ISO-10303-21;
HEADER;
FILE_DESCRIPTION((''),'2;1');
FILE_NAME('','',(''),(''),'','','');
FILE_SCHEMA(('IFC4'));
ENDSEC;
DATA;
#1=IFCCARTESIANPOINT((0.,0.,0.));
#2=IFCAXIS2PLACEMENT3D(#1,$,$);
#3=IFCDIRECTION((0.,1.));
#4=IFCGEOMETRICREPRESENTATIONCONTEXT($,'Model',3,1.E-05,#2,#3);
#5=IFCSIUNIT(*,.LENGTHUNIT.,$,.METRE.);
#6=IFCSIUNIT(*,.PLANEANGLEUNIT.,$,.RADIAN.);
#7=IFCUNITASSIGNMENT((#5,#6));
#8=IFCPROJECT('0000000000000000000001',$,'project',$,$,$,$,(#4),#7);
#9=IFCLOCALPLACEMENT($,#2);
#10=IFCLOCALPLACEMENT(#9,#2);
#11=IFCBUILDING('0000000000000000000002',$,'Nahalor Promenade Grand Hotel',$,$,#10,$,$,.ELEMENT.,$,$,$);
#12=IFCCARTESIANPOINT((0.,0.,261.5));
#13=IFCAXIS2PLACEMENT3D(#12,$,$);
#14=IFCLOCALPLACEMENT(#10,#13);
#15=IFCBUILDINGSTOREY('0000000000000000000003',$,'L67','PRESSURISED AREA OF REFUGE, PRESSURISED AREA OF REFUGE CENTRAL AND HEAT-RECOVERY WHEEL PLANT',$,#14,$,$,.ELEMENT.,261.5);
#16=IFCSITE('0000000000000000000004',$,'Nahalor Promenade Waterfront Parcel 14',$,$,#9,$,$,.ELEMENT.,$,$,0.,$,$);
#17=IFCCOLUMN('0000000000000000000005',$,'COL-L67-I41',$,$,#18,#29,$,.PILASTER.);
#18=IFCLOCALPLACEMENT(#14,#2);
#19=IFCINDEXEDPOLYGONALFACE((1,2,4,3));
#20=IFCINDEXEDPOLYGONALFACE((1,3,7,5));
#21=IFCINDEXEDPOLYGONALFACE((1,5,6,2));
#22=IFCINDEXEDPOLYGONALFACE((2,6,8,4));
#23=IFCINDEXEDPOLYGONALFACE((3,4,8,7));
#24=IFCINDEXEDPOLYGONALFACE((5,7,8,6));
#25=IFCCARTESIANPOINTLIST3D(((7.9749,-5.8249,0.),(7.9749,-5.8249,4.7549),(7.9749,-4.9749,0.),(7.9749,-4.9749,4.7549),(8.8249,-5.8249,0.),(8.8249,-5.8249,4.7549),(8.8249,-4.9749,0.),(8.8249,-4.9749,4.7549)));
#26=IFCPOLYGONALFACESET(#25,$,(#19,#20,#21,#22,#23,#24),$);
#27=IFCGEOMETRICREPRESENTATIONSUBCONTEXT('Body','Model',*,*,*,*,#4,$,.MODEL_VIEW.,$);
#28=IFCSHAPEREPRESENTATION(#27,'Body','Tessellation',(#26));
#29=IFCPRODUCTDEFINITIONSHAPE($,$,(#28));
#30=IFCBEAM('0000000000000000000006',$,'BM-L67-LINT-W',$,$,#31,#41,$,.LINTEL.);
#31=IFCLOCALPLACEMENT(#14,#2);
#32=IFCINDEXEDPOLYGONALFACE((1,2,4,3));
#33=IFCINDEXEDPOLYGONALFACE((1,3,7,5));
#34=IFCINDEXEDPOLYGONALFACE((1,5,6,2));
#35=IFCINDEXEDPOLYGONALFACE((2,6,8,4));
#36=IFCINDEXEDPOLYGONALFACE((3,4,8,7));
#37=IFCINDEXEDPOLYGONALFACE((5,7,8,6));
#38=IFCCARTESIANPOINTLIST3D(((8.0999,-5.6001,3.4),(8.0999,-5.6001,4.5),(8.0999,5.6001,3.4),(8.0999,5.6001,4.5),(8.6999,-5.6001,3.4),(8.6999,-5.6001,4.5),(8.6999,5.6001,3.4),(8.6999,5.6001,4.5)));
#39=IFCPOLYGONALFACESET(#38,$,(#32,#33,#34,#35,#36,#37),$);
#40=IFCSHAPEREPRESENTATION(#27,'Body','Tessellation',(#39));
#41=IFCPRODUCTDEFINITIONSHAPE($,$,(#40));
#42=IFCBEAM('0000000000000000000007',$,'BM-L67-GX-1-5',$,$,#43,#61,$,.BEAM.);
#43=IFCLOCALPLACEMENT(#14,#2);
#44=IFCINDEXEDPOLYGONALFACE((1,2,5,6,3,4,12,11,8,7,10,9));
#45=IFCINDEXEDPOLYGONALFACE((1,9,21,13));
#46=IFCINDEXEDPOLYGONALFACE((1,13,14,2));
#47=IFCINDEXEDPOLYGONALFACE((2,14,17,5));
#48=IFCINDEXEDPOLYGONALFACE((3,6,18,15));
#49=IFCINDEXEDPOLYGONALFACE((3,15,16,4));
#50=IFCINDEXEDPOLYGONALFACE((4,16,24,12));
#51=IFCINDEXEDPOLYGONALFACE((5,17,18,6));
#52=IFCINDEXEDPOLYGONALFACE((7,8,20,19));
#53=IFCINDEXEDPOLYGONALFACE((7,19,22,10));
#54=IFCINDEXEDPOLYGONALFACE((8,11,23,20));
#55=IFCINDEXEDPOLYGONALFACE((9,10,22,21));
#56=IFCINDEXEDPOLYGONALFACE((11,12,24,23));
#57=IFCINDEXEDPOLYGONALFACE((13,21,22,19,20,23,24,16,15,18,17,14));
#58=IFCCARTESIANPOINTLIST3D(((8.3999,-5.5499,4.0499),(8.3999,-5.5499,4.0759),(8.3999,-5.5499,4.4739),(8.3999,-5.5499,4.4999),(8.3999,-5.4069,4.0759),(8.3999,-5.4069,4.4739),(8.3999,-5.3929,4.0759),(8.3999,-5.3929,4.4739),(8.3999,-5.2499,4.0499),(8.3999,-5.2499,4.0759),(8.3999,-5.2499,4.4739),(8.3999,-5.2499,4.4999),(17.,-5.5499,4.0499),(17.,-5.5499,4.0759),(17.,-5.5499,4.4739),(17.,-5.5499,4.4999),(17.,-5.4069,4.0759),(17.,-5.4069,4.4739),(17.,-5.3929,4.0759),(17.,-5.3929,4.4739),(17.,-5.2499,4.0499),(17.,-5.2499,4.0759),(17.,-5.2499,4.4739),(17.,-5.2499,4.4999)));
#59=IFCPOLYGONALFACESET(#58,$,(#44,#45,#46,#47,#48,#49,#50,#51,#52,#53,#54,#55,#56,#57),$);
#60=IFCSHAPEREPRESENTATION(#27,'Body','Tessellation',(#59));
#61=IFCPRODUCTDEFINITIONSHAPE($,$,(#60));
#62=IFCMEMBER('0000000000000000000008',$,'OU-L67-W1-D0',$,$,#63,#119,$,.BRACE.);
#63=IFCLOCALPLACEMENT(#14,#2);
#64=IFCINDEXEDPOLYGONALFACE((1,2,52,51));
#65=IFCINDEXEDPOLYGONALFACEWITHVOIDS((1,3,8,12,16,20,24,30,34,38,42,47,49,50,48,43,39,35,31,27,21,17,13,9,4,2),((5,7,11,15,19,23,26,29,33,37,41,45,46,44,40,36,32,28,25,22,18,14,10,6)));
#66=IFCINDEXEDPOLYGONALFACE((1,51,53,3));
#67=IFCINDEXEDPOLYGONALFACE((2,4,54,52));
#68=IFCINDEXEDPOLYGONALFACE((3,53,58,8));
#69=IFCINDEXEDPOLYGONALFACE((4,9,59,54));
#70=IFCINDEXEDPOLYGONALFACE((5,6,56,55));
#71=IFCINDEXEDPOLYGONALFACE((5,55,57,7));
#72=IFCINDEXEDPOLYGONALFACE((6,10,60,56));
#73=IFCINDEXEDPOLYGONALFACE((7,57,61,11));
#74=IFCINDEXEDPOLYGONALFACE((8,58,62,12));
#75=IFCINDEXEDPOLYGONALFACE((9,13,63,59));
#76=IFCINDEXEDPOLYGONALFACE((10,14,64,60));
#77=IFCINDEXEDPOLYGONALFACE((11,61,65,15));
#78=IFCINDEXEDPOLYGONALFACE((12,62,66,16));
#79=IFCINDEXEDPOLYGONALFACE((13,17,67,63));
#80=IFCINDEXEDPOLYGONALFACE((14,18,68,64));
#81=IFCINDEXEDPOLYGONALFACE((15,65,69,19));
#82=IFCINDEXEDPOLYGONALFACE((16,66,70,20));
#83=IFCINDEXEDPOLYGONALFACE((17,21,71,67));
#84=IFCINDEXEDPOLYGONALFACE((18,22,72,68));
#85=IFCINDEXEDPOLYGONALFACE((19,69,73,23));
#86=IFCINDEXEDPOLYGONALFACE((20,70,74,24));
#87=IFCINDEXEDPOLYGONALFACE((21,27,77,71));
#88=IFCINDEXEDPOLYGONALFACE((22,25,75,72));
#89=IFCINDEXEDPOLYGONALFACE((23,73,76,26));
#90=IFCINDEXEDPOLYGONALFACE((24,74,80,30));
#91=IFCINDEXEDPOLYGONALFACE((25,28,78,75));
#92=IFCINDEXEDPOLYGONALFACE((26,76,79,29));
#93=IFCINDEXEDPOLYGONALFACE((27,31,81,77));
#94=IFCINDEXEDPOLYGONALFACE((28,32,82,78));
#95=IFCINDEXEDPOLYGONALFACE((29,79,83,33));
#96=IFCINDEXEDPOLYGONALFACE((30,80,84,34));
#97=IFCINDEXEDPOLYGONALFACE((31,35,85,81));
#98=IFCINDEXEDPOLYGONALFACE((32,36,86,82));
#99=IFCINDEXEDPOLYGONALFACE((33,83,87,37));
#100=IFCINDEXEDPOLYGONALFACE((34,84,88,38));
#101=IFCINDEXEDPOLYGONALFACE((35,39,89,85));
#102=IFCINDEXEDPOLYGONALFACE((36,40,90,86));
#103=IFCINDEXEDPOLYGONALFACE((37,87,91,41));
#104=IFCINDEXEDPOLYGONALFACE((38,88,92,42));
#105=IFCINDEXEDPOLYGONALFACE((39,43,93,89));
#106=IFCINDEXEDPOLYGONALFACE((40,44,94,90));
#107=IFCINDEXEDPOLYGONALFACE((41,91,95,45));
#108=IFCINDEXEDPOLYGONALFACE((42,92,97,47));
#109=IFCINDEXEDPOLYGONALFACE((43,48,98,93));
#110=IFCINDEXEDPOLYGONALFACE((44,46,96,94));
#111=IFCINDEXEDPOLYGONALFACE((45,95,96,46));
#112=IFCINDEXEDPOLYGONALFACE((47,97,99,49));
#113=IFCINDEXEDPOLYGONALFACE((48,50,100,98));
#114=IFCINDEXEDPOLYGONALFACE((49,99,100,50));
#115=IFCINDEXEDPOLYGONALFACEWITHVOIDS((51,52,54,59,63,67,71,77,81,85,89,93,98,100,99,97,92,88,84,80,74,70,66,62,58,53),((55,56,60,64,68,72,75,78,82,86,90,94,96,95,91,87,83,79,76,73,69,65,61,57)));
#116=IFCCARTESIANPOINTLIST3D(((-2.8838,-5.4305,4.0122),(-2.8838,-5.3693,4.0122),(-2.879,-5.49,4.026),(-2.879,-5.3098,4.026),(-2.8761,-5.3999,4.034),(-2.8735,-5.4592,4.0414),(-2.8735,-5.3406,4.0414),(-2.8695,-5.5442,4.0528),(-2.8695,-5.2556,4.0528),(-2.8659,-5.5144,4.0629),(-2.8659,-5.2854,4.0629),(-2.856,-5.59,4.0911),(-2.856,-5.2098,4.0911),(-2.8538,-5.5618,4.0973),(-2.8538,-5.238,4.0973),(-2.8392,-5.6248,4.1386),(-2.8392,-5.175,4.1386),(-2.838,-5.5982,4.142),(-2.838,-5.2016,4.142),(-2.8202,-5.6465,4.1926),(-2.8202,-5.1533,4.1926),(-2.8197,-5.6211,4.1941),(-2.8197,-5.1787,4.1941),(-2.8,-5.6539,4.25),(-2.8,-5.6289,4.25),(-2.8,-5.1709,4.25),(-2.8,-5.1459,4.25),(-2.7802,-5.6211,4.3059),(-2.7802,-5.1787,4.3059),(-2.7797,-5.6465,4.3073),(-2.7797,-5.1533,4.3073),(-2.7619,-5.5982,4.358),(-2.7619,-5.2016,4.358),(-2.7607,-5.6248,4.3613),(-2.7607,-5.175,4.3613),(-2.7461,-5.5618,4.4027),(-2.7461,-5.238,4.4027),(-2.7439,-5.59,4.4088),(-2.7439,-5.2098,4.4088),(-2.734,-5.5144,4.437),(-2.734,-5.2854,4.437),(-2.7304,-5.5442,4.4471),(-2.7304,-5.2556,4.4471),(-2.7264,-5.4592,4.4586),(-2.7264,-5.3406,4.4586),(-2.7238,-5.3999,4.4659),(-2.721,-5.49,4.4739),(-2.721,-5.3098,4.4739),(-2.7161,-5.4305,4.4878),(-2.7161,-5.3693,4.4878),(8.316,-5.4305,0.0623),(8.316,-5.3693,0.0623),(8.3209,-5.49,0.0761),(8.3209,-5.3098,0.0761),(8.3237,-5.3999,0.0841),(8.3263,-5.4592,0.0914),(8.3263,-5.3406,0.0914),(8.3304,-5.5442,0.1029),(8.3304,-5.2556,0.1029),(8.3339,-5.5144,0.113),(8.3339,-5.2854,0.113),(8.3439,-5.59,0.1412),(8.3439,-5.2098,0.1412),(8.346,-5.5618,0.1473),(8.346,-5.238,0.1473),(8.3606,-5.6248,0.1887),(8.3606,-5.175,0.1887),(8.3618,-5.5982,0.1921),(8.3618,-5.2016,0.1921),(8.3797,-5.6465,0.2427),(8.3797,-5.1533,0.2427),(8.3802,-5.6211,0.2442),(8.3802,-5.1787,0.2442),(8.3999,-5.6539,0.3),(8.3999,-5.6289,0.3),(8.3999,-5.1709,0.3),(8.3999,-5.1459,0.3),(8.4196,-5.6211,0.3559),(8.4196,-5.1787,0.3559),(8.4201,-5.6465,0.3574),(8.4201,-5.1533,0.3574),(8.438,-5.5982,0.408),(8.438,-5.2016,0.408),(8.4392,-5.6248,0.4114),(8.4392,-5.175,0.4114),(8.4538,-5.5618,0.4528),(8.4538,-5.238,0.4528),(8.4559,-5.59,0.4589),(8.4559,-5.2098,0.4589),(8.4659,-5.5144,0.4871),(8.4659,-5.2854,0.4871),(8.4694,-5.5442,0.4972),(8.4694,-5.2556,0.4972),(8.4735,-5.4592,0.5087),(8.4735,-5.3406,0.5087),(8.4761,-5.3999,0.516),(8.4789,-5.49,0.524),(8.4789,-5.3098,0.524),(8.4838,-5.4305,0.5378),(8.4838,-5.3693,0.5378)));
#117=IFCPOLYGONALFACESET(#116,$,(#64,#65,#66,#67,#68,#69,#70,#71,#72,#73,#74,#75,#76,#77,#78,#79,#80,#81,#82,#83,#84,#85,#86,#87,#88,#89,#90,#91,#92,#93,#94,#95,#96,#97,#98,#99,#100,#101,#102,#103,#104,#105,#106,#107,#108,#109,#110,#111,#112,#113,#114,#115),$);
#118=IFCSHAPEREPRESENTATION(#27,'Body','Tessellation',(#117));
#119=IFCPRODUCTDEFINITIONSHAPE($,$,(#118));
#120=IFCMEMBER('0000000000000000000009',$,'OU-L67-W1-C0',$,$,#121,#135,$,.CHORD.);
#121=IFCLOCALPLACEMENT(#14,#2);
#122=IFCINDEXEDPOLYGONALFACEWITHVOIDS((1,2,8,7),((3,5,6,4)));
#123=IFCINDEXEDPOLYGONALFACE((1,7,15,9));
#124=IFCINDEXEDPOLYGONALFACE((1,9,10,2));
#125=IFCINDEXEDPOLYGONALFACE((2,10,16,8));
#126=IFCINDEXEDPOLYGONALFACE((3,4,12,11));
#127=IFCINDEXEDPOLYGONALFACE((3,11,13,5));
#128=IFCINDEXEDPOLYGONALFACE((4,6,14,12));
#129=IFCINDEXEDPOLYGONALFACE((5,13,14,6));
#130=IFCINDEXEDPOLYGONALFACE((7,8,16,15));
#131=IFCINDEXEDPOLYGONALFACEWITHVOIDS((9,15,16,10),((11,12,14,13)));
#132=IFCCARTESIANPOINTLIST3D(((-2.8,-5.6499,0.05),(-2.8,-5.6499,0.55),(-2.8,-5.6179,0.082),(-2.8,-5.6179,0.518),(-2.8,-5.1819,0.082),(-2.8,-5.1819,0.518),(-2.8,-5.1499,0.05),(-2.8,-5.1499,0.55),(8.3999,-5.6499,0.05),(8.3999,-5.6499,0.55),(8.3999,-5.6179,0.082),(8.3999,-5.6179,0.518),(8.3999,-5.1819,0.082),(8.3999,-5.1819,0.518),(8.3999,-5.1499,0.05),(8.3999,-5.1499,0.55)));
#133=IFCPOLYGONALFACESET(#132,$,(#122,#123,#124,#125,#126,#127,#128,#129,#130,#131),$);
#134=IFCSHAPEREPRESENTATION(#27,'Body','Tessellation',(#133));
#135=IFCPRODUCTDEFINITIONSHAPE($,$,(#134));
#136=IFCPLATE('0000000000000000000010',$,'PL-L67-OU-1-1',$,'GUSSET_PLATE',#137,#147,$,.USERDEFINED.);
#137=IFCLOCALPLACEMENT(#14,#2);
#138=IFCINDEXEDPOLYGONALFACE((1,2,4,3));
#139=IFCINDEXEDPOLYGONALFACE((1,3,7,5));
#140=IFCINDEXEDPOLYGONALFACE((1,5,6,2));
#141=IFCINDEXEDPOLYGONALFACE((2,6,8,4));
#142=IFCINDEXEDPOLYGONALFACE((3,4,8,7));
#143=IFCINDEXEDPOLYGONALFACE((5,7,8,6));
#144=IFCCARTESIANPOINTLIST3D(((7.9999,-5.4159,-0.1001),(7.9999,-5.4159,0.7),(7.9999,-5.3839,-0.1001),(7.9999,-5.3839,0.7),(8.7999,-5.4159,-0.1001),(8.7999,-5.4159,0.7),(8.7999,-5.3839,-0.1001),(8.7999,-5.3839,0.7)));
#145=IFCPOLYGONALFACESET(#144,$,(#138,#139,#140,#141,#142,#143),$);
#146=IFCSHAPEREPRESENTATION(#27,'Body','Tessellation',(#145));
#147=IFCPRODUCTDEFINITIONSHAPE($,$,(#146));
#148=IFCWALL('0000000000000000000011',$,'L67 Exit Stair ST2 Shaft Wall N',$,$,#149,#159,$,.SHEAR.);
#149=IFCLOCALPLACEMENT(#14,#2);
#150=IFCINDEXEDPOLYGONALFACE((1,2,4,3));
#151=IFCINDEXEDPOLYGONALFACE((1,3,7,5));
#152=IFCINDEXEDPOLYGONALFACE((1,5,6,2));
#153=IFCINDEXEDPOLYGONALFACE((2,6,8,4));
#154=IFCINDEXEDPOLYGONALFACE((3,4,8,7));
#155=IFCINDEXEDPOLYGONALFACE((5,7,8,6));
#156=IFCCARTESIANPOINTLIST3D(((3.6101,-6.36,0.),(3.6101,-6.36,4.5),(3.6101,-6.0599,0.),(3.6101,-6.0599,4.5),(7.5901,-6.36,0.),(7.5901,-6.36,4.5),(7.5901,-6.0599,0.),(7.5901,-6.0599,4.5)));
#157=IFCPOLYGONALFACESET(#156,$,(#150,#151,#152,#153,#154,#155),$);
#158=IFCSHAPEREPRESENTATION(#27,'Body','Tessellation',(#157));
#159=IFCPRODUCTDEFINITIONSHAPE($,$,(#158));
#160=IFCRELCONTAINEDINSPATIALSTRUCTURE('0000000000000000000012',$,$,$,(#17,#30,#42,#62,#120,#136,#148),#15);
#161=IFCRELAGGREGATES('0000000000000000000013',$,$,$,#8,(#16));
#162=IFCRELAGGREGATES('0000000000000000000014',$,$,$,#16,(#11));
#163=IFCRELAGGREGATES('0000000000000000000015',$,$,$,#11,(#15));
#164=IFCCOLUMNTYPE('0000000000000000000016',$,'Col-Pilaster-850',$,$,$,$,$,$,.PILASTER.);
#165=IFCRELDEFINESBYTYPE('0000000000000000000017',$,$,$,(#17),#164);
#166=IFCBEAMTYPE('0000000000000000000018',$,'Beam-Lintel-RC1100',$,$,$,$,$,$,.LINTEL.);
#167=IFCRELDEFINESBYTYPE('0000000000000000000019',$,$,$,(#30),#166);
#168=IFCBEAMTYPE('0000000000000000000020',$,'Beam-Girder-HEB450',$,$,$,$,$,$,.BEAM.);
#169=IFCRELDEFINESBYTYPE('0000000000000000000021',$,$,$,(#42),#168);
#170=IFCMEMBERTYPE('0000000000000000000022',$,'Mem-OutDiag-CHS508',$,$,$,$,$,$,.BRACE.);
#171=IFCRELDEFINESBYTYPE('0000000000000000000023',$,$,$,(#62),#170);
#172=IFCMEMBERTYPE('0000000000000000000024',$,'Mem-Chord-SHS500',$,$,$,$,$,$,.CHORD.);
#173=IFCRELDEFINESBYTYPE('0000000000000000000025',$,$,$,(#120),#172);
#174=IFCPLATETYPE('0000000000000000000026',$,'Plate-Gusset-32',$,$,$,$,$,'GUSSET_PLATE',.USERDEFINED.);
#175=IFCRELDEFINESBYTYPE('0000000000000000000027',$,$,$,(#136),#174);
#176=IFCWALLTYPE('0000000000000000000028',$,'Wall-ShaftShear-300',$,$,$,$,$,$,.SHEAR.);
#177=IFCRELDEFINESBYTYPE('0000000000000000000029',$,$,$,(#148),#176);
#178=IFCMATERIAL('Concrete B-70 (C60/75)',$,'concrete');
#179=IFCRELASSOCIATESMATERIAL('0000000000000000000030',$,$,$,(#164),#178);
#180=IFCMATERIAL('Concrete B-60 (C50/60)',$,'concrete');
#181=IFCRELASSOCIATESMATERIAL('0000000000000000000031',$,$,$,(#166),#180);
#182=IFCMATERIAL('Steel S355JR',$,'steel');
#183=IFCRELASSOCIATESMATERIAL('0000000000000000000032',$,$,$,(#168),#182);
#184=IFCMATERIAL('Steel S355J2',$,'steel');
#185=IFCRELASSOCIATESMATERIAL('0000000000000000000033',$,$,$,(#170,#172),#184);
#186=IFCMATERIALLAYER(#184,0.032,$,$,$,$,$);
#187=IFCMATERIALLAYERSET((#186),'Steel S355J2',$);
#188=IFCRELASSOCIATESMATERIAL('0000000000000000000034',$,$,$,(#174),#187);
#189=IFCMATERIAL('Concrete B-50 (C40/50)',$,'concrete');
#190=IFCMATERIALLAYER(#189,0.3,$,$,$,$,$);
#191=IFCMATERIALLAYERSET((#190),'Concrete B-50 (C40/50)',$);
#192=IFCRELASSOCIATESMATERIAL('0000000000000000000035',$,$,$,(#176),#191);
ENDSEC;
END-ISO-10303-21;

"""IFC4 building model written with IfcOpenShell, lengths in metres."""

from ifc_helpers import new_model, si_unit, direction, frame, frame_2d, origin, origin_2d, place, context, subcontext, project, spatial, rectangle, hollow_rectangle, hollow_circle, i_section, extrude, source, transform, mapped, material, layer, layer_set, material_profile, profile_set, type_object, element, save


model = new_model("IFC4")

# Units and contexts
model_context = context("Model", 3, precision=1e-05, world=origin(), true_north=direction((0.0, 1.0)))
body_context = subcontext(model_context, "Body", "Model", "MODEL_VIEW")
ifc_project = project(units=[si_unit("LENGTHUNIT", "METRE"), si_unit("PLANEANGLEUNIT", "RADIAN")], contexts=[model_context])

# Site, building, storey
site_placement = place(None, origin())
site = spatial("IfcSite", under=ifc_project, at=site_placement, Name="Nahalor Promenade Waterfront Parcel 14", CompositionType="ELEMENT", RefElevation=0.0)
building_placement = place(site_placement, origin())
building = spatial("IfcBuilding", under=site, at=building_placement, Name="Nahalor Promenade Grand Hotel", CompositionType="ELEMENT")
storey_placement = place(building_placement, frame((0.0, 0.0, 261.5)))
storey = spatial("IfcBuildingStorey", under=building, at=storey_placement, Name="L67", Description="PRESSURISED AREA OF REFUGE, PRESSURISED AREA OF REFUGE CENTRAL AND HEAT-RECOVERY WHEEL PLANT", CompositionType="ELEMENT", Elevation=261.5)

# Column
ifc_material_1 = material(Name="Concrete B-70 (C60/75)", Category="concrete")
ifc_material_profile_1 = material_profile(ifc_material_1, rectangle(XDim=0.85, YDim=0.85, at=origin_2d()), Name="RC 850x850")
ifc_profile_set_1 = profile_set([ifc_material_profile_1], Name="Concrete B-70 (C60/75)")
column_type = type_object("IfcColumnType", Name="Col-Pilaster-850", PredefinedType="PILASTER", material=ifc_profile_set_1)
shared_shape_1 = source(origin(), body_context, "Body", "SweptSolid", [
    extrude(rectangle(XDim=0.85, YDim=0.85, at=origin_2d()), origin(), (0.0, 0.0, 1.0), 4.7549),
])
column_placement = place(storey_placement, frame((8.3999, -5.3999, 0.0), z_axis=(0.0, 0.0, 1.0), x_axis=(1.0, 0.0, 0.0)))
element("IfcColumn", 1, at=column_placement, inside=storey, type_object=column_type, Name="COL-L67-I41", PredefinedType="PILASTER", context=body_context, shape_type="MappedRepresentation", body=[
    mapped(shared_shape_1, transform((0.0, 0.0, 0.0), scale=1.0)),
])

# Beams
ifc_material_2 = material(Name="Concrete B-60 (C50/60)", Category="concrete")
ifc_material_profile_2 = material_profile(ifc_material_2, rectangle(XDim=0.6, YDim=1.1, at=origin_2d()), Name="RC 600x1100")
ifc_profile_set_2 = profile_set([ifc_material_profile_2], Name="Concrete B-60 (C50/60)")
beam_type_1 = type_object("IfcBeamType", Name="Beam-Lintel-RC1100", PredefinedType="LINTEL", material=ifc_profile_set_2)
shared_shape_2 = source(origin(), body_context, "Body", "SweptSolid", [
    extrude(rectangle(XDim=0.6, YDim=1.1, at=origin_2d()), origin(), (0.0, 0.0, 1.0), 11.2002),
])
beam_1_placement = place(storey_placement, frame((8.3999, -5.6001, 3.95), z_axis=(0.0, 1.0, 0.0), x_axis=(-1.0, 0.0, 0.0)))
element("IfcBeam", 2, at=beam_1_placement, inside=storey, type_object=beam_type_1, Name="BM-L67-LINT-W", PredefinedType="LINTEL", context=body_context, shape_type="MappedRepresentation", body=[
    mapped(shared_shape_2, transform((0.0, 0.0, 0.0), scale=1.0)),
])
ifc_material_3 = material(Name="Steel S355JR", Category="steel")
ifc_material_profile_3 = material_profile(ifc_material_3, i_section(OverallWidth=0.3, OverallDepth=0.45, WebThickness=0.014, FlangeThickness=0.026, at=origin_2d()), Name="HEB 450")
ifc_profile_set_3 = profile_set([ifc_material_profile_3], Name="Steel S355JR")
beam_type_2 = type_object("IfcBeamType", Name="Beam-Girder-HEB450", PredefinedType="BEAM", material=ifc_profile_set_3)
shared_shape_3 = source(origin(), body_context, "Body", "SweptSolid", [
    extrude(i_section(OverallWidth=0.3, OverallDepth=0.45, WebThickness=0.014, FlangeThickness=0.026, at=origin_2d()), origin(), (0.0, 0.0, 1.0), 8.6001),
])
beam_2_placement = place(storey_placement, frame((8.3999, -5.3999, 4.2749), z_axis=(1.0, 0.0, 0.0), x_axis=(0.0, 1.0, 0.0)))
element("IfcBeam", 3, at=beam_2_placement, inside=storey, type_object=beam_type_2, Name="BM-L67-GX-1-5", PredefinedType="BEAM", context=body_context, shape_type="MappedRepresentation", body=[
    mapped(shared_shape_3, transform((0.0, 0.0, 0.0), scale=1.0)),
])

# Members
ifc_material_4 = material(Name="Steel S355J2", Category="steel")
ifc_material_profile_4 = material_profile(ifc_material_4, hollow_circle(Radius=0.254, WallThickness=0.025, at=origin_2d()), Name="CHS 508x25")
ifc_profile_set_4 = profile_set([ifc_material_profile_4], Name="Steel S355J2")
member_type_1 = type_object("IfcMemberType", Name="Mem-OutDiag-CHS508", PredefinedType="BRACE", material=ifc_profile_set_4)
shared_shape_4 = source(origin(), body_context, "Body", "SweptSolid", [
    extrude(hollow_circle(Radius=0.254, WallThickness=0.025, at=origin_2d()), origin(), (0.0, 0.0, 1.0), 11.876),
])
member_1_placement = place(storey_placement, frame((8.3999, -5.3999, 0.3), z_axis=(-0.943069, 0.0, 0.332598), x_axis=(0.0, -1.0, 0.0)))
element("IfcMember", 4, at=member_1_placement, inside=storey, type_object=member_type_1, Name="OU-L67-W1-D0", PredefinedType="BRACE", context=body_context, shape_type="MappedRepresentation", body=[
    mapped(shared_shape_4, transform((0.0, 0.0, 0.0), scale=1.0)),
])
ifc_material_profile_5 = material_profile(ifc_material_4, hollow_rectangle(XDim=0.5, YDim=0.5, WallThickness=0.032, at=origin_2d()), Name="SHS 500x500x32")
ifc_profile_set_5 = profile_set([ifc_material_profile_5], Name="Steel S355J2")
member_type_2 = type_object("IfcMemberType", Name="Mem-Chord-SHS500", PredefinedType="CHORD", material=ifc_profile_set_5)
shared_shape_5 = source(origin(), body_context, "Body", "SweptSolid", [
    extrude(hollow_rectangle(XDim=0.5, YDim=0.5, WallThickness=0.032, at=origin_2d()), origin(), (0.0, 0.0, 1.0), 11.2),
])
member_2_placement = place(storey_placement, frame((8.3999, -5.3999, 0.3), z_axis=(-1.0, 0.0, 0.0), x_axis=(0.0, -1.0, 0.0)))
element("IfcMember", 5, at=member_2_placement, inside=storey, type_object=member_type_2, Name="OU-L67-W1-C0", PredefinedType="CHORD", context=body_context, shape_type="MappedRepresentation", body=[
    mapped(shared_shape_5, transform((0.0, 0.0, 0.0), scale=1.0)),
])

# Plate
ifc_layer_1 = layer(ifc_material_4, 0.032)
ifc_layer_set_1 = layer_set([ifc_layer_1], Name="Steel S355J2")
plate_type = type_object("IfcPlateType", Name="Plate-Gusset-32", ElementType="GUSSET_PLATE", PredefinedType="USERDEFINED", material=ifc_layer_set_1)
shared_shape_6 = source(origin(), body_context, "Body", "SweptSolid", [
    extrude(rectangle(XDim=0.8, YDim=0.032, at=origin_2d()), origin(), (0.0, 0.0, 1.0), 0.8),
])
plate_placement = place(storey_placement, frame((8.3999, -5.3999, -0.1001), z_axis=(0.0, 0.0, 1.0), x_axis=(1.0, 0.0, 0.0)))
element("IfcPlate", 6, at=plate_placement, inside=storey, type_object=plate_type, Name="PL-L67-OU-1-1", ObjectType="GUSSET_PLATE", PredefinedType="USERDEFINED", context=body_context, shape_type="MappedRepresentation", body=[
    mapped(shared_shape_6, transform((0.0, 0.0, 0.0), scale=1.0)),
])

# Wall
ifc_material_5 = material(Name="Concrete B-50 (C40/50)", Category="concrete")
ifc_layer_2 = layer(ifc_material_5, 0.3)
ifc_layer_set_2 = layer_set([ifc_layer_2], Name="Concrete B-50 (C40/50)")
wall_type_1 = type_object("IfcWallType", Name="Wall-ShaftShear-300", PredefinedType="SHEAR", material=ifc_layer_set_2)
shared_shape_7 = source(origin(), body_context, "Body", "SweptSolid", [
    extrude(rectangle(XDim=3.98, YDim=0.3, at=frame_2d((1.99, 0.0))), origin(), (0.0, 0.0, 1.0), 4.5),
])
wall_1_placement = place(storey_placement, frame((3.6101, -6.21, 0.0), z_axis=(0.0, 0.0, 1.0), x_axis=(1.0, 0.0, 0.0)))
element("IfcWall", 7, at=wall_1_placement, inside=storey, type_object=wall_type_1, Name="L67 Exit Stair ST2 Shaft Wall N", PredefinedType="SHEAR", context=body_context, shape_type="MappedRepresentation", body=[
    mapped(shared_shape_7, transform((0.0, 0.0, 0.0), scale=1.0)),
])

save(model, "model.ifc")
